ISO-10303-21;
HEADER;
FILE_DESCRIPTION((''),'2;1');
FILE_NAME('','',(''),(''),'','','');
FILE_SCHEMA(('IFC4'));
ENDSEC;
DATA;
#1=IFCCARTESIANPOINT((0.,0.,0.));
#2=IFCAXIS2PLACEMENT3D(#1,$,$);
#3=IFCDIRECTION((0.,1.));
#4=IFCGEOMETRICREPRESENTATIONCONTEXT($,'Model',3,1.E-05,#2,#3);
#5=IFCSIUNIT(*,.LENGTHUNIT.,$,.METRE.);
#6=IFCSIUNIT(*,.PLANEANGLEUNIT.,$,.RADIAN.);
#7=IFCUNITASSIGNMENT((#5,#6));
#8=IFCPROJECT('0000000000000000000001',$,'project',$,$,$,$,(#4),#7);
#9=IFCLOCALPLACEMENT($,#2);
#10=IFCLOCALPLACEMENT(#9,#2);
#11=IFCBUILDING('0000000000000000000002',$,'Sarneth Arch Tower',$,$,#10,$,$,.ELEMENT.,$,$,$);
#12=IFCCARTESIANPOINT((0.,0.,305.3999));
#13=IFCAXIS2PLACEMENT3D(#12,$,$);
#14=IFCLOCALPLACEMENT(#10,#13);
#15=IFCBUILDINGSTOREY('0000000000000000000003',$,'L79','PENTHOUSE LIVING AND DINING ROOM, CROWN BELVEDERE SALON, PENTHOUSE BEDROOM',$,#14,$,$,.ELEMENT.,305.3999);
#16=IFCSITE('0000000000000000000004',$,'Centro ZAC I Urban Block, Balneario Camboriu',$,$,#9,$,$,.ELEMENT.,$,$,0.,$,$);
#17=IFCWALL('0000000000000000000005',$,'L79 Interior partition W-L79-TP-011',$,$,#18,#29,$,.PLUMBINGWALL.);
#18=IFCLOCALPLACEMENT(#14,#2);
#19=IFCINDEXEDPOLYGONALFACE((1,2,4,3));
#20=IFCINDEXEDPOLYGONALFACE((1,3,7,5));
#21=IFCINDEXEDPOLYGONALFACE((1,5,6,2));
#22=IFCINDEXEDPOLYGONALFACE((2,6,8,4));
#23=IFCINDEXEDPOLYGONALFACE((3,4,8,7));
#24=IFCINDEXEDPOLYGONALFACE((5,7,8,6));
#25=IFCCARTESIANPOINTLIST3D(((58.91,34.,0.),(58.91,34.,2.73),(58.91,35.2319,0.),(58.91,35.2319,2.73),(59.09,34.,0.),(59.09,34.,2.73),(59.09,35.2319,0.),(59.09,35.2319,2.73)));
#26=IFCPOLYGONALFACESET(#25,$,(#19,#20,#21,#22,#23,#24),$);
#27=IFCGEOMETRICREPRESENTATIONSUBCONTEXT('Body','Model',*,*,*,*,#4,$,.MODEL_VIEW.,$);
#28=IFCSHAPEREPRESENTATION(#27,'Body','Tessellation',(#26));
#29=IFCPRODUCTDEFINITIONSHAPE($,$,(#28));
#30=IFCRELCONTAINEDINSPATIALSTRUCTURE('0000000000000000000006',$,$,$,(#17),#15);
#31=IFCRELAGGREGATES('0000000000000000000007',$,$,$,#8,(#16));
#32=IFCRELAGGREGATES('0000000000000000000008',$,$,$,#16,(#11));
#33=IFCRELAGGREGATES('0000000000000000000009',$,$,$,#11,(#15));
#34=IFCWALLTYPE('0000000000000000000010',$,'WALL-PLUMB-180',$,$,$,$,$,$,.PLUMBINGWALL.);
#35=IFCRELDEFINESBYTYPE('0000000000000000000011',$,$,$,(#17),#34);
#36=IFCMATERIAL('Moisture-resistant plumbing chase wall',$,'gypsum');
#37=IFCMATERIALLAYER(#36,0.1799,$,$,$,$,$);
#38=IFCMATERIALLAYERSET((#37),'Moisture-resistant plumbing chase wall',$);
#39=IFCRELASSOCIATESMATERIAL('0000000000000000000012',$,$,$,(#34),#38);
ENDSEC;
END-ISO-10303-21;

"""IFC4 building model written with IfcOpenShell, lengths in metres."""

from ifc_helpers import new_model, si_unit, direction, frame, frame_2d, origin, place, context, subcontext, project, spatial, rectangle, extrude, material, layer, layer_set, type_object, element, save


model = new_model("IFC4")

# Units and contexts
model_context = context("Model", 3, precision=1e-05, world=origin(), true_north=direction((0.0, 1.0)))
body_context = subcontext(model_context, "Body", "Model", "MODEL_VIEW")
ifc_project = project(units=[si_unit("LENGTHUNIT", "METRE"), si_unit("PLANEANGLEUNIT", "RADIAN")], contexts=[model_context])

# Site, building, storey
site_placement = place(None, origin())
site = spatial("IfcSite", under=ifc_project, at=site_placement, Name="Centro ZAC I Urban Block, Balneario Camboriu", CompositionType="ELEMENT", RefElevation=0.0)
building_placement = place(site_placement, origin())
building = spatial("IfcBuilding", under=site, at=building_placement, Name="Sarneth Arch Tower", CompositionType="ELEMENT")
storey_placement = place(building_placement, frame((0.0, 0.0, 305.3999)))
storey = spatial("IfcBuildingStorey", under=building, at=storey_placement, Name="L79", Description="PENTHOUSE LIVING AND DINING ROOM, CROWN BELVEDERE SALON, PENTHOUSE BEDROOM", CompositionType="ELEMENT", Elevation=305.3999)

# Wall
ifc_material_1 = material(Name="Moisture-resistant plumbing chase wall", Category="gypsum")
ifc_layer_1 = layer(ifc_material_1, 0.1799)
ifc_layer_set_1 = layer_set([ifc_layer_1], Name="Moisture-resistant plumbing chase wall")
wall_type_1 = type_object("IfcWallType", Name="WALL-PLUMB-180", PredefinedType="PLUMBINGWALL", material=ifc_layer_set_1)
wall_1_placement = place(storey_placement, frame((59.0, 34.0, 0.0), z_axis=(0.0, 0.0, 1.0), x_axis=(0.0, 1.0, 0.0)))
element("IfcWall", 1, at=wall_1_placement, inside=storey, type_object=wall_type_1, Name="L79 Interior partition W-L79-TP-011", PredefinedType="PLUMBINGWALL", context=body_context, shape_type="SweptSolid", body=[
    extrude(rectangle(XDim=1.2319, YDim=0.1799, at=frame_2d((0.616, 0.0))), origin(), (0.0, 0.0, 1.0), 2.73),
])

save(model, "model.ifc")
